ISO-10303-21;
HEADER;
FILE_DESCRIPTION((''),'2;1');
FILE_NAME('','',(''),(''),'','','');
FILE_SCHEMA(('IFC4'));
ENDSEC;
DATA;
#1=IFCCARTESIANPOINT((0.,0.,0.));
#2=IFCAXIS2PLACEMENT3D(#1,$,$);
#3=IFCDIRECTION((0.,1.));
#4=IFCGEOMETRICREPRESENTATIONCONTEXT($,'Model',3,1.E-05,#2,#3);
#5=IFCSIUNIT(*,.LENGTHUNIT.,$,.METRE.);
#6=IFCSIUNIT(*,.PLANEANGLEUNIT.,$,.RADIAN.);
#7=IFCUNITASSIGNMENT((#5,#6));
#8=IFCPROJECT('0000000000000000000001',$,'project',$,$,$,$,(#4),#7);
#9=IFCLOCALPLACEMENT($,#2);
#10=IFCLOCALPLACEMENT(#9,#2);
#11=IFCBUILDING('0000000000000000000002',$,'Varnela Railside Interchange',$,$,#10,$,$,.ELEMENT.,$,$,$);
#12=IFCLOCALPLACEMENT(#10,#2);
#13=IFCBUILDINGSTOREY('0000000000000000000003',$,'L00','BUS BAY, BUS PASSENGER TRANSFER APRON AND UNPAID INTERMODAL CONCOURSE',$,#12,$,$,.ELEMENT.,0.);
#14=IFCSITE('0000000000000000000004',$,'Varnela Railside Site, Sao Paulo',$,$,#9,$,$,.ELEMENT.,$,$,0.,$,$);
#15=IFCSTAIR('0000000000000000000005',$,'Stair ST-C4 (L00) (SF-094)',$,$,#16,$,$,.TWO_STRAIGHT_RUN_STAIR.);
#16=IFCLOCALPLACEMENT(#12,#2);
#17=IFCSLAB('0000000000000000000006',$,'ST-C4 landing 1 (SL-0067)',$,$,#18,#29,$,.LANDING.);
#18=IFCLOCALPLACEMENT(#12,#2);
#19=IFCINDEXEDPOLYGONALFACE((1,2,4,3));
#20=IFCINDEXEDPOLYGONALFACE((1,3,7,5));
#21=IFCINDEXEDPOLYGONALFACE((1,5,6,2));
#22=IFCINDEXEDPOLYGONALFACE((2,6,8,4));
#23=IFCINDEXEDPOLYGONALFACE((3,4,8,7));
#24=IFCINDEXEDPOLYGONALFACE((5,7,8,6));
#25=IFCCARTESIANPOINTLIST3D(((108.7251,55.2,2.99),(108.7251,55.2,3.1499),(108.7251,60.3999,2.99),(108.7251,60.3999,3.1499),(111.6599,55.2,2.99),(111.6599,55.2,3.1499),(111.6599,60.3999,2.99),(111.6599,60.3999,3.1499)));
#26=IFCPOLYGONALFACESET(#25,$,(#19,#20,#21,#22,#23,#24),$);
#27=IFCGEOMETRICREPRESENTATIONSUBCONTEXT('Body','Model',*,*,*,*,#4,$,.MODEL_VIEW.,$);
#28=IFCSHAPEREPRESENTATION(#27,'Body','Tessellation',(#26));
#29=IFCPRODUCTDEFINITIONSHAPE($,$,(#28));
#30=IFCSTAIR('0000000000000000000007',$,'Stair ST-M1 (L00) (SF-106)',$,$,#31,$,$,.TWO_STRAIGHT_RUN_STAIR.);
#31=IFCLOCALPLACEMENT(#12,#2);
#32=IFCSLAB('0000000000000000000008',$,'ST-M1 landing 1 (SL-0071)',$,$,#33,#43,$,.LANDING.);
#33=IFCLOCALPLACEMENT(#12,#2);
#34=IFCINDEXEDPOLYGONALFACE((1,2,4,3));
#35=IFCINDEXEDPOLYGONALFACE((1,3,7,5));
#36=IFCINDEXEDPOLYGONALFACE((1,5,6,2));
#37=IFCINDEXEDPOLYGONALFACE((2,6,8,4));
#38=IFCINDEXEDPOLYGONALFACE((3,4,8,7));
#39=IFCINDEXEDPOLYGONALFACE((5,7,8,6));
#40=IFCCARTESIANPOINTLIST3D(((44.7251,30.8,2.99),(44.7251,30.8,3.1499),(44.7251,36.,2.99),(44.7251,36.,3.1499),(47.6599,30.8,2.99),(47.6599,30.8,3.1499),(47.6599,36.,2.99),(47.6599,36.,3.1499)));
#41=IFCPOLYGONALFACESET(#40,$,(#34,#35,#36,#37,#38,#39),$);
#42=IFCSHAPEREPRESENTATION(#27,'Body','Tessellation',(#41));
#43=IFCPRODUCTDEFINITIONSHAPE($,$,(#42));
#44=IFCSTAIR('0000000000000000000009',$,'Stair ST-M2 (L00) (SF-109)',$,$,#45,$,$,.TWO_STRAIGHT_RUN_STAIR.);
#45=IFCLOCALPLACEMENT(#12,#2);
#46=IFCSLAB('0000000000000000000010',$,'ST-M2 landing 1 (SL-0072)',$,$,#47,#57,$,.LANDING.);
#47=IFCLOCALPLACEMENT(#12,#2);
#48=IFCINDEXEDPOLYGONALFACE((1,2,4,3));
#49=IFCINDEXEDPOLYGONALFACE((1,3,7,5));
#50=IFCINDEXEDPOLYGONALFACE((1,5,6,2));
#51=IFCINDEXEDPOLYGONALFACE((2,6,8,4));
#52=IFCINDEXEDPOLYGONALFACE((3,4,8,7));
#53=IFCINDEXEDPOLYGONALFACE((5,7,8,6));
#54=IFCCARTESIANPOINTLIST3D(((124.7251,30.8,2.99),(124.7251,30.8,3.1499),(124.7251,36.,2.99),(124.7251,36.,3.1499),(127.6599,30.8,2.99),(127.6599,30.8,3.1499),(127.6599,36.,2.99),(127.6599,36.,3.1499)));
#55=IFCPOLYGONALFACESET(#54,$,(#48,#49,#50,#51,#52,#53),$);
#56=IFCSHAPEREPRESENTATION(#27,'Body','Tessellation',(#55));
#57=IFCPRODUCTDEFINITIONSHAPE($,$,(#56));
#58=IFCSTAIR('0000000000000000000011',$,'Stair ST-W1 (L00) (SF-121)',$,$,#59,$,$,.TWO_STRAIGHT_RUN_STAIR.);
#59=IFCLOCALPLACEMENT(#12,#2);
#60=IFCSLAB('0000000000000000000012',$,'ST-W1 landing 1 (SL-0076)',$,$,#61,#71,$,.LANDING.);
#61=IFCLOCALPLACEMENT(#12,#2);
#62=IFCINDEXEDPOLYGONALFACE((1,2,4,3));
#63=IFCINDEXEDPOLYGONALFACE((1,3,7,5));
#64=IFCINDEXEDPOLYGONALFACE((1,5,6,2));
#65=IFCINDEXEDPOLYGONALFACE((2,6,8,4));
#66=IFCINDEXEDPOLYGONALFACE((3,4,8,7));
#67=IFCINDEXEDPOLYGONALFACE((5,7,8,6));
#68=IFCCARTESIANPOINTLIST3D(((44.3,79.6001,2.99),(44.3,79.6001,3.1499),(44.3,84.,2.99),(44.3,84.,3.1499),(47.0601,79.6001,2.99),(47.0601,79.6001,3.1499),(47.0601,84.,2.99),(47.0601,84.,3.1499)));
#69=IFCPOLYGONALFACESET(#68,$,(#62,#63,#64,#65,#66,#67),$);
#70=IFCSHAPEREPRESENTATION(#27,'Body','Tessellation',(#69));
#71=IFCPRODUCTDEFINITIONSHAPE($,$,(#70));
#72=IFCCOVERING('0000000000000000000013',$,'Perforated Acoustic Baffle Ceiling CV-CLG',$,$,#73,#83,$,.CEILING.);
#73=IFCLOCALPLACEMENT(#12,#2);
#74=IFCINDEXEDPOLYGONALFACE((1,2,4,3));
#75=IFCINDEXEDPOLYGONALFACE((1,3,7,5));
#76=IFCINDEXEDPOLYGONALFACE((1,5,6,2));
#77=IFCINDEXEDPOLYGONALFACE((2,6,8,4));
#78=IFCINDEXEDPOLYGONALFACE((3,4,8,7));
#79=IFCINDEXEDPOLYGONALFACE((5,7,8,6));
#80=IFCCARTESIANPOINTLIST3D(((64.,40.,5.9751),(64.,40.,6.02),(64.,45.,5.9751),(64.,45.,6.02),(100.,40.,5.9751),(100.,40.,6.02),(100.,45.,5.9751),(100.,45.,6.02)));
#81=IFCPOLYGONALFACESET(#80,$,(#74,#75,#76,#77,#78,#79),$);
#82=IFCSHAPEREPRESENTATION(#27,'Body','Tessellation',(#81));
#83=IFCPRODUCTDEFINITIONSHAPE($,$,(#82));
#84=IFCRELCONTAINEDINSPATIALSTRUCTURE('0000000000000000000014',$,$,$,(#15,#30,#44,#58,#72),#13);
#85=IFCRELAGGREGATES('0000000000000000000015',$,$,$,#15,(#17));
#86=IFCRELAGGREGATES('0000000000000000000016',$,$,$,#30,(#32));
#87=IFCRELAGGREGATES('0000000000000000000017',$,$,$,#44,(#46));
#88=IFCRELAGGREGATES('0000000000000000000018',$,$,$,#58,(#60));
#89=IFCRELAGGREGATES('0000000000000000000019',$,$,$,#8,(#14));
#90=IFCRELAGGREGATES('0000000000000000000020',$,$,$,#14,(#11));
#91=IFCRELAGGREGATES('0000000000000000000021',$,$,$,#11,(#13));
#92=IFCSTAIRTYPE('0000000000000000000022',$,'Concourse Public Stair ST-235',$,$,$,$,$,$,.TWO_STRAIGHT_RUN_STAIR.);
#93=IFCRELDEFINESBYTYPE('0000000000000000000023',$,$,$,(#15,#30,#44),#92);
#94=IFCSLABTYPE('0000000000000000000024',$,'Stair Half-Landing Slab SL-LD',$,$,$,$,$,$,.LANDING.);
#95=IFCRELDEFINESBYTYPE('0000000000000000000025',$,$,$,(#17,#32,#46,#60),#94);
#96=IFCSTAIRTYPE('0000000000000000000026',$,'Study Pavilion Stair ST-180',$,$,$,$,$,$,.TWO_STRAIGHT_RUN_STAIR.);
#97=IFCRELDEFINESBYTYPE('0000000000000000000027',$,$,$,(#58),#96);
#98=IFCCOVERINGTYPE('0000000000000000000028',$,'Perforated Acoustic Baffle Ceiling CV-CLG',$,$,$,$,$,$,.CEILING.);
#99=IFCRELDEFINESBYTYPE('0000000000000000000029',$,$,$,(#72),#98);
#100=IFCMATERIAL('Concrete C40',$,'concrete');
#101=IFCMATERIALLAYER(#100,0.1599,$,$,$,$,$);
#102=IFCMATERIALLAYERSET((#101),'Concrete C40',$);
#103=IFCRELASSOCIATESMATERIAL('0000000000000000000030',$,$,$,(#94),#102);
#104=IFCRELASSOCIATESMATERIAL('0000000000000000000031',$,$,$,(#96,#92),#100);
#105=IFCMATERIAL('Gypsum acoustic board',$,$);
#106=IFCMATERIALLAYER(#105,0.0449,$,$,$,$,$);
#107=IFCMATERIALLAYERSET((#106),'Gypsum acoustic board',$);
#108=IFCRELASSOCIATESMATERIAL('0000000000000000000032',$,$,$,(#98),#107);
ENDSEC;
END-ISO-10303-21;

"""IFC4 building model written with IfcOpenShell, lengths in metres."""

from ifc_helpers import new_model, si_unit, direction, frame, origin, place, context, subcontext, project, spatial, polyline, outline, extrude, material, layer, layer_set, type_object, element, aggregate, save


model = new_model("IFC4")

# Units and contexts
model_context = context("Model", 3, precision=1e-05, world=origin(), true_north=direction((0.0, 1.0)))
body_context = subcontext(model_context, "Body", "Model", "MODEL_VIEW")
ifc_project = project(units=[si_unit("LENGTHUNIT", "METRE"), si_unit("PLANEANGLEUNIT", "RADIAN")], contexts=[model_context])

# Site, building, storey
site_placement = place(None, origin())
site = spatial("IfcSite", under=ifc_project, at=site_placement, Name="Varnela Railside Site, Sao Paulo", CompositionType="ELEMENT", RefElevation=0.0)
building_placement = place(site_placement, origin())
building = spatial("IfcBuilding", under=site, at=building_placement, Name="Varnela Railside Interchange", CompositionType="ELEMENT")
storey_placement = place(building_placement, origin())
storey = spatial("IfcBuildingStorey", under=building, at=storey_placement, Name="L00", Description="BUS BAY, BUS PASSENGER TRANSFER APRON AND UNPAID INTERMODAL CONCOURSE", CompositionType="ELEMENT", Elevation=0.0)

# Shared definitions
ifc_material_1 = material(Name="Concrete C40", Category="concrete")

# Stairs, slabs
ifc_layer_1 = layer(ifc_material_1, 0.1599)
ifc_layer_set_1 = layer_set([ifc_layer_1], Name="Concrete C40")
slab_type_1 = type_object("IfcSlabType", Name="Stair Half-Landing Slab SL-LD", PredefinedType="LANDING", material=ifc_layer_set_1)
stair_type_1 = type_object("IfcStairType", Name="Study Pavilion Stair ST-180", PredefinedType="TWO_STRAIGHT_RUN_STAIR", material=ifc_material_1)
stair_type_2 = type_object("IfcStairType", Name="Concourse Public Stair ST-235", PredefinedType="TWO_STRAIGHT_RUN_STAIR", material=ifc_material_1)
stair_1_placement = place(storey_placement, origin())
stair_1 = element("IfcStair", 1, at=stair_1_placement, inside=storey, type_object=stair_type_2, Name="Stair ST-C4 (L00) (SF-094)", PredefinedType="TWO_STRAIGHT_RUN_STAIR")
slab_1_placement = place(storey_placement, frame((0.0, 0.0, 2.99)))
slab_1 = element("IfcSlab", 2, at=slab_1_placement, type_object=slab_type_1, Name="ST-C4 landing 1 (SL-0067)", PredefinedType="LANDING", context=body_context, shape_type="SweptSolid", body=[
    extrude(outline(polyline([(108.7251, 55.2), (111.6599, 55.2), (111.6599, 60.3999), (108.7251, 60.3999), (108.7251, 55.2)])), origin(), (0.0, 0.0, 1.0), 0.1599),
])
aggregate(stair_1, [slab_1])
stair_2_placement = place(storey_placement, origin())
stair_2 = element("IfcStair", 3, at=stair_2_placement, inside=storey, type_object=stair_type_2, Name="Stair ST-M1 (L00) (SF-106)", PredefinedType="TWO_STRAIGHT_RUN_STAIR")
slab_2_placement = place(storey_placement, frame((0.0, 0.0, 2.99)))
slab_2 = element("IfcSlab", 4, at=slab_2_placement, type_object=slab_type_1, Name="ST-M1 landing 1 (SL-0071)", PredefinedType="LANDING", context=body_context, shape_type="SweptSolid", body=[
    extrude(outline(polyline([(44.7251, 30.8), (47.6599, 30.8), (47.6599, 36.0), (44.7251, 36.0), (44.7251, 30.8)])), origin(), (0.0, 0.0, 1.0), 0.1599),
])
aggregate(stair_2, [slab_2])
stair_3_placement = place(storey_placement, origin())
stair_3 = element("IfcStair", 5, at=stair_3_placement, inside=storey, type_object=stair_type_2, Name="Stair ST-M2 (L00) (SF-109)", PredefinedType="TWO_STRAIGHT_RUN_STAIR")
slab_3_placement = place(storey_placement, frame((0.0, 0.0, 2.99)))
slab_3 = element("IfcSlab", 6, at=slab_3_placement, type_object=slab_type_1, Name="ST-M2 landing 1 (SL-0072)", PredefinedType="LANDING", context=body_context, shape_type="SweptSolid", body=[
    extrude(outline(polyline([(124.7251, 30.8), (127.6599, 30.8), (127.6599, 36.0), (124.7251, 36.0), (124.7251, 30.8)])), origin(), (0.0, 0.0, 1.0), 0.1599),
])
aggregate(stair_3, [slab_3])
stair_4_placement = place(storey_placement, origin())
stair_4 = element("IfcStair", 7, at=stair_4_placement, inside=storey, type_object=stair_type_1, Name="Stair ST-W1 (L00) (SF-121)", PredefinedType="TWO_STRAIGHT_RUN_STAIR")
slab_4_placement = place(storey_placement, frame((0.0, 0.0, 2.99)))
slab_4 = element("IfcSlab", 8, at=slab_4_placement, type_object=slab_type_1, Name="ST-W1 landing 1 (SL-0076)", PredefinedType="LANDING", context=body_context, shape_type="SweptSolid", body=[
    extrude(outline(polyline([(44.3, 79.6001), (47.0601, 79.6001), (47.0601, 84.0), (44.3, 84.0), (44.3, 79.6001)])), origin(), (0.0, 0.0, 1.0), 0.1599),
])
aggregate(stair_4, [slab_4])

# Covering
ifc_material_2 = material(Name="Gypsum acoustic board")
ifc_layer_2 = layer(ifc_material_2, 0.0449)
ifc_layer_set_2 = layer_set([ifc_layer_2], Name="Gypsum acoustic board")
covering_type = type_object("IfcCoveringType", Name="Perforated Acoustic Baffle Ceiling CV-CLG", PredefinedType="CEILING", material=ifc_layer_set_2)
covering_placement = place(storey_placement, frame((0.0, 0.0, 5.9751)))
element("IfcCovering", 9, at=covering_placement, inside=storey, type_object=covering_type, Name="Perforated Acoustic Baffle Ceiling CV-CLG", PredefinedType="CEILING", context=body_context, shape_type="SweptSolid", body=[
    extrude(outline(polyline([(64.0, 40.0), (100.0, 40.0), (100.0, 45.0), (64.0, 45.0), (64.0, 40.0)])), origin(), (0.0, 0.0, 1.0), 0.0449),
])

save(model, "model.ifc")
